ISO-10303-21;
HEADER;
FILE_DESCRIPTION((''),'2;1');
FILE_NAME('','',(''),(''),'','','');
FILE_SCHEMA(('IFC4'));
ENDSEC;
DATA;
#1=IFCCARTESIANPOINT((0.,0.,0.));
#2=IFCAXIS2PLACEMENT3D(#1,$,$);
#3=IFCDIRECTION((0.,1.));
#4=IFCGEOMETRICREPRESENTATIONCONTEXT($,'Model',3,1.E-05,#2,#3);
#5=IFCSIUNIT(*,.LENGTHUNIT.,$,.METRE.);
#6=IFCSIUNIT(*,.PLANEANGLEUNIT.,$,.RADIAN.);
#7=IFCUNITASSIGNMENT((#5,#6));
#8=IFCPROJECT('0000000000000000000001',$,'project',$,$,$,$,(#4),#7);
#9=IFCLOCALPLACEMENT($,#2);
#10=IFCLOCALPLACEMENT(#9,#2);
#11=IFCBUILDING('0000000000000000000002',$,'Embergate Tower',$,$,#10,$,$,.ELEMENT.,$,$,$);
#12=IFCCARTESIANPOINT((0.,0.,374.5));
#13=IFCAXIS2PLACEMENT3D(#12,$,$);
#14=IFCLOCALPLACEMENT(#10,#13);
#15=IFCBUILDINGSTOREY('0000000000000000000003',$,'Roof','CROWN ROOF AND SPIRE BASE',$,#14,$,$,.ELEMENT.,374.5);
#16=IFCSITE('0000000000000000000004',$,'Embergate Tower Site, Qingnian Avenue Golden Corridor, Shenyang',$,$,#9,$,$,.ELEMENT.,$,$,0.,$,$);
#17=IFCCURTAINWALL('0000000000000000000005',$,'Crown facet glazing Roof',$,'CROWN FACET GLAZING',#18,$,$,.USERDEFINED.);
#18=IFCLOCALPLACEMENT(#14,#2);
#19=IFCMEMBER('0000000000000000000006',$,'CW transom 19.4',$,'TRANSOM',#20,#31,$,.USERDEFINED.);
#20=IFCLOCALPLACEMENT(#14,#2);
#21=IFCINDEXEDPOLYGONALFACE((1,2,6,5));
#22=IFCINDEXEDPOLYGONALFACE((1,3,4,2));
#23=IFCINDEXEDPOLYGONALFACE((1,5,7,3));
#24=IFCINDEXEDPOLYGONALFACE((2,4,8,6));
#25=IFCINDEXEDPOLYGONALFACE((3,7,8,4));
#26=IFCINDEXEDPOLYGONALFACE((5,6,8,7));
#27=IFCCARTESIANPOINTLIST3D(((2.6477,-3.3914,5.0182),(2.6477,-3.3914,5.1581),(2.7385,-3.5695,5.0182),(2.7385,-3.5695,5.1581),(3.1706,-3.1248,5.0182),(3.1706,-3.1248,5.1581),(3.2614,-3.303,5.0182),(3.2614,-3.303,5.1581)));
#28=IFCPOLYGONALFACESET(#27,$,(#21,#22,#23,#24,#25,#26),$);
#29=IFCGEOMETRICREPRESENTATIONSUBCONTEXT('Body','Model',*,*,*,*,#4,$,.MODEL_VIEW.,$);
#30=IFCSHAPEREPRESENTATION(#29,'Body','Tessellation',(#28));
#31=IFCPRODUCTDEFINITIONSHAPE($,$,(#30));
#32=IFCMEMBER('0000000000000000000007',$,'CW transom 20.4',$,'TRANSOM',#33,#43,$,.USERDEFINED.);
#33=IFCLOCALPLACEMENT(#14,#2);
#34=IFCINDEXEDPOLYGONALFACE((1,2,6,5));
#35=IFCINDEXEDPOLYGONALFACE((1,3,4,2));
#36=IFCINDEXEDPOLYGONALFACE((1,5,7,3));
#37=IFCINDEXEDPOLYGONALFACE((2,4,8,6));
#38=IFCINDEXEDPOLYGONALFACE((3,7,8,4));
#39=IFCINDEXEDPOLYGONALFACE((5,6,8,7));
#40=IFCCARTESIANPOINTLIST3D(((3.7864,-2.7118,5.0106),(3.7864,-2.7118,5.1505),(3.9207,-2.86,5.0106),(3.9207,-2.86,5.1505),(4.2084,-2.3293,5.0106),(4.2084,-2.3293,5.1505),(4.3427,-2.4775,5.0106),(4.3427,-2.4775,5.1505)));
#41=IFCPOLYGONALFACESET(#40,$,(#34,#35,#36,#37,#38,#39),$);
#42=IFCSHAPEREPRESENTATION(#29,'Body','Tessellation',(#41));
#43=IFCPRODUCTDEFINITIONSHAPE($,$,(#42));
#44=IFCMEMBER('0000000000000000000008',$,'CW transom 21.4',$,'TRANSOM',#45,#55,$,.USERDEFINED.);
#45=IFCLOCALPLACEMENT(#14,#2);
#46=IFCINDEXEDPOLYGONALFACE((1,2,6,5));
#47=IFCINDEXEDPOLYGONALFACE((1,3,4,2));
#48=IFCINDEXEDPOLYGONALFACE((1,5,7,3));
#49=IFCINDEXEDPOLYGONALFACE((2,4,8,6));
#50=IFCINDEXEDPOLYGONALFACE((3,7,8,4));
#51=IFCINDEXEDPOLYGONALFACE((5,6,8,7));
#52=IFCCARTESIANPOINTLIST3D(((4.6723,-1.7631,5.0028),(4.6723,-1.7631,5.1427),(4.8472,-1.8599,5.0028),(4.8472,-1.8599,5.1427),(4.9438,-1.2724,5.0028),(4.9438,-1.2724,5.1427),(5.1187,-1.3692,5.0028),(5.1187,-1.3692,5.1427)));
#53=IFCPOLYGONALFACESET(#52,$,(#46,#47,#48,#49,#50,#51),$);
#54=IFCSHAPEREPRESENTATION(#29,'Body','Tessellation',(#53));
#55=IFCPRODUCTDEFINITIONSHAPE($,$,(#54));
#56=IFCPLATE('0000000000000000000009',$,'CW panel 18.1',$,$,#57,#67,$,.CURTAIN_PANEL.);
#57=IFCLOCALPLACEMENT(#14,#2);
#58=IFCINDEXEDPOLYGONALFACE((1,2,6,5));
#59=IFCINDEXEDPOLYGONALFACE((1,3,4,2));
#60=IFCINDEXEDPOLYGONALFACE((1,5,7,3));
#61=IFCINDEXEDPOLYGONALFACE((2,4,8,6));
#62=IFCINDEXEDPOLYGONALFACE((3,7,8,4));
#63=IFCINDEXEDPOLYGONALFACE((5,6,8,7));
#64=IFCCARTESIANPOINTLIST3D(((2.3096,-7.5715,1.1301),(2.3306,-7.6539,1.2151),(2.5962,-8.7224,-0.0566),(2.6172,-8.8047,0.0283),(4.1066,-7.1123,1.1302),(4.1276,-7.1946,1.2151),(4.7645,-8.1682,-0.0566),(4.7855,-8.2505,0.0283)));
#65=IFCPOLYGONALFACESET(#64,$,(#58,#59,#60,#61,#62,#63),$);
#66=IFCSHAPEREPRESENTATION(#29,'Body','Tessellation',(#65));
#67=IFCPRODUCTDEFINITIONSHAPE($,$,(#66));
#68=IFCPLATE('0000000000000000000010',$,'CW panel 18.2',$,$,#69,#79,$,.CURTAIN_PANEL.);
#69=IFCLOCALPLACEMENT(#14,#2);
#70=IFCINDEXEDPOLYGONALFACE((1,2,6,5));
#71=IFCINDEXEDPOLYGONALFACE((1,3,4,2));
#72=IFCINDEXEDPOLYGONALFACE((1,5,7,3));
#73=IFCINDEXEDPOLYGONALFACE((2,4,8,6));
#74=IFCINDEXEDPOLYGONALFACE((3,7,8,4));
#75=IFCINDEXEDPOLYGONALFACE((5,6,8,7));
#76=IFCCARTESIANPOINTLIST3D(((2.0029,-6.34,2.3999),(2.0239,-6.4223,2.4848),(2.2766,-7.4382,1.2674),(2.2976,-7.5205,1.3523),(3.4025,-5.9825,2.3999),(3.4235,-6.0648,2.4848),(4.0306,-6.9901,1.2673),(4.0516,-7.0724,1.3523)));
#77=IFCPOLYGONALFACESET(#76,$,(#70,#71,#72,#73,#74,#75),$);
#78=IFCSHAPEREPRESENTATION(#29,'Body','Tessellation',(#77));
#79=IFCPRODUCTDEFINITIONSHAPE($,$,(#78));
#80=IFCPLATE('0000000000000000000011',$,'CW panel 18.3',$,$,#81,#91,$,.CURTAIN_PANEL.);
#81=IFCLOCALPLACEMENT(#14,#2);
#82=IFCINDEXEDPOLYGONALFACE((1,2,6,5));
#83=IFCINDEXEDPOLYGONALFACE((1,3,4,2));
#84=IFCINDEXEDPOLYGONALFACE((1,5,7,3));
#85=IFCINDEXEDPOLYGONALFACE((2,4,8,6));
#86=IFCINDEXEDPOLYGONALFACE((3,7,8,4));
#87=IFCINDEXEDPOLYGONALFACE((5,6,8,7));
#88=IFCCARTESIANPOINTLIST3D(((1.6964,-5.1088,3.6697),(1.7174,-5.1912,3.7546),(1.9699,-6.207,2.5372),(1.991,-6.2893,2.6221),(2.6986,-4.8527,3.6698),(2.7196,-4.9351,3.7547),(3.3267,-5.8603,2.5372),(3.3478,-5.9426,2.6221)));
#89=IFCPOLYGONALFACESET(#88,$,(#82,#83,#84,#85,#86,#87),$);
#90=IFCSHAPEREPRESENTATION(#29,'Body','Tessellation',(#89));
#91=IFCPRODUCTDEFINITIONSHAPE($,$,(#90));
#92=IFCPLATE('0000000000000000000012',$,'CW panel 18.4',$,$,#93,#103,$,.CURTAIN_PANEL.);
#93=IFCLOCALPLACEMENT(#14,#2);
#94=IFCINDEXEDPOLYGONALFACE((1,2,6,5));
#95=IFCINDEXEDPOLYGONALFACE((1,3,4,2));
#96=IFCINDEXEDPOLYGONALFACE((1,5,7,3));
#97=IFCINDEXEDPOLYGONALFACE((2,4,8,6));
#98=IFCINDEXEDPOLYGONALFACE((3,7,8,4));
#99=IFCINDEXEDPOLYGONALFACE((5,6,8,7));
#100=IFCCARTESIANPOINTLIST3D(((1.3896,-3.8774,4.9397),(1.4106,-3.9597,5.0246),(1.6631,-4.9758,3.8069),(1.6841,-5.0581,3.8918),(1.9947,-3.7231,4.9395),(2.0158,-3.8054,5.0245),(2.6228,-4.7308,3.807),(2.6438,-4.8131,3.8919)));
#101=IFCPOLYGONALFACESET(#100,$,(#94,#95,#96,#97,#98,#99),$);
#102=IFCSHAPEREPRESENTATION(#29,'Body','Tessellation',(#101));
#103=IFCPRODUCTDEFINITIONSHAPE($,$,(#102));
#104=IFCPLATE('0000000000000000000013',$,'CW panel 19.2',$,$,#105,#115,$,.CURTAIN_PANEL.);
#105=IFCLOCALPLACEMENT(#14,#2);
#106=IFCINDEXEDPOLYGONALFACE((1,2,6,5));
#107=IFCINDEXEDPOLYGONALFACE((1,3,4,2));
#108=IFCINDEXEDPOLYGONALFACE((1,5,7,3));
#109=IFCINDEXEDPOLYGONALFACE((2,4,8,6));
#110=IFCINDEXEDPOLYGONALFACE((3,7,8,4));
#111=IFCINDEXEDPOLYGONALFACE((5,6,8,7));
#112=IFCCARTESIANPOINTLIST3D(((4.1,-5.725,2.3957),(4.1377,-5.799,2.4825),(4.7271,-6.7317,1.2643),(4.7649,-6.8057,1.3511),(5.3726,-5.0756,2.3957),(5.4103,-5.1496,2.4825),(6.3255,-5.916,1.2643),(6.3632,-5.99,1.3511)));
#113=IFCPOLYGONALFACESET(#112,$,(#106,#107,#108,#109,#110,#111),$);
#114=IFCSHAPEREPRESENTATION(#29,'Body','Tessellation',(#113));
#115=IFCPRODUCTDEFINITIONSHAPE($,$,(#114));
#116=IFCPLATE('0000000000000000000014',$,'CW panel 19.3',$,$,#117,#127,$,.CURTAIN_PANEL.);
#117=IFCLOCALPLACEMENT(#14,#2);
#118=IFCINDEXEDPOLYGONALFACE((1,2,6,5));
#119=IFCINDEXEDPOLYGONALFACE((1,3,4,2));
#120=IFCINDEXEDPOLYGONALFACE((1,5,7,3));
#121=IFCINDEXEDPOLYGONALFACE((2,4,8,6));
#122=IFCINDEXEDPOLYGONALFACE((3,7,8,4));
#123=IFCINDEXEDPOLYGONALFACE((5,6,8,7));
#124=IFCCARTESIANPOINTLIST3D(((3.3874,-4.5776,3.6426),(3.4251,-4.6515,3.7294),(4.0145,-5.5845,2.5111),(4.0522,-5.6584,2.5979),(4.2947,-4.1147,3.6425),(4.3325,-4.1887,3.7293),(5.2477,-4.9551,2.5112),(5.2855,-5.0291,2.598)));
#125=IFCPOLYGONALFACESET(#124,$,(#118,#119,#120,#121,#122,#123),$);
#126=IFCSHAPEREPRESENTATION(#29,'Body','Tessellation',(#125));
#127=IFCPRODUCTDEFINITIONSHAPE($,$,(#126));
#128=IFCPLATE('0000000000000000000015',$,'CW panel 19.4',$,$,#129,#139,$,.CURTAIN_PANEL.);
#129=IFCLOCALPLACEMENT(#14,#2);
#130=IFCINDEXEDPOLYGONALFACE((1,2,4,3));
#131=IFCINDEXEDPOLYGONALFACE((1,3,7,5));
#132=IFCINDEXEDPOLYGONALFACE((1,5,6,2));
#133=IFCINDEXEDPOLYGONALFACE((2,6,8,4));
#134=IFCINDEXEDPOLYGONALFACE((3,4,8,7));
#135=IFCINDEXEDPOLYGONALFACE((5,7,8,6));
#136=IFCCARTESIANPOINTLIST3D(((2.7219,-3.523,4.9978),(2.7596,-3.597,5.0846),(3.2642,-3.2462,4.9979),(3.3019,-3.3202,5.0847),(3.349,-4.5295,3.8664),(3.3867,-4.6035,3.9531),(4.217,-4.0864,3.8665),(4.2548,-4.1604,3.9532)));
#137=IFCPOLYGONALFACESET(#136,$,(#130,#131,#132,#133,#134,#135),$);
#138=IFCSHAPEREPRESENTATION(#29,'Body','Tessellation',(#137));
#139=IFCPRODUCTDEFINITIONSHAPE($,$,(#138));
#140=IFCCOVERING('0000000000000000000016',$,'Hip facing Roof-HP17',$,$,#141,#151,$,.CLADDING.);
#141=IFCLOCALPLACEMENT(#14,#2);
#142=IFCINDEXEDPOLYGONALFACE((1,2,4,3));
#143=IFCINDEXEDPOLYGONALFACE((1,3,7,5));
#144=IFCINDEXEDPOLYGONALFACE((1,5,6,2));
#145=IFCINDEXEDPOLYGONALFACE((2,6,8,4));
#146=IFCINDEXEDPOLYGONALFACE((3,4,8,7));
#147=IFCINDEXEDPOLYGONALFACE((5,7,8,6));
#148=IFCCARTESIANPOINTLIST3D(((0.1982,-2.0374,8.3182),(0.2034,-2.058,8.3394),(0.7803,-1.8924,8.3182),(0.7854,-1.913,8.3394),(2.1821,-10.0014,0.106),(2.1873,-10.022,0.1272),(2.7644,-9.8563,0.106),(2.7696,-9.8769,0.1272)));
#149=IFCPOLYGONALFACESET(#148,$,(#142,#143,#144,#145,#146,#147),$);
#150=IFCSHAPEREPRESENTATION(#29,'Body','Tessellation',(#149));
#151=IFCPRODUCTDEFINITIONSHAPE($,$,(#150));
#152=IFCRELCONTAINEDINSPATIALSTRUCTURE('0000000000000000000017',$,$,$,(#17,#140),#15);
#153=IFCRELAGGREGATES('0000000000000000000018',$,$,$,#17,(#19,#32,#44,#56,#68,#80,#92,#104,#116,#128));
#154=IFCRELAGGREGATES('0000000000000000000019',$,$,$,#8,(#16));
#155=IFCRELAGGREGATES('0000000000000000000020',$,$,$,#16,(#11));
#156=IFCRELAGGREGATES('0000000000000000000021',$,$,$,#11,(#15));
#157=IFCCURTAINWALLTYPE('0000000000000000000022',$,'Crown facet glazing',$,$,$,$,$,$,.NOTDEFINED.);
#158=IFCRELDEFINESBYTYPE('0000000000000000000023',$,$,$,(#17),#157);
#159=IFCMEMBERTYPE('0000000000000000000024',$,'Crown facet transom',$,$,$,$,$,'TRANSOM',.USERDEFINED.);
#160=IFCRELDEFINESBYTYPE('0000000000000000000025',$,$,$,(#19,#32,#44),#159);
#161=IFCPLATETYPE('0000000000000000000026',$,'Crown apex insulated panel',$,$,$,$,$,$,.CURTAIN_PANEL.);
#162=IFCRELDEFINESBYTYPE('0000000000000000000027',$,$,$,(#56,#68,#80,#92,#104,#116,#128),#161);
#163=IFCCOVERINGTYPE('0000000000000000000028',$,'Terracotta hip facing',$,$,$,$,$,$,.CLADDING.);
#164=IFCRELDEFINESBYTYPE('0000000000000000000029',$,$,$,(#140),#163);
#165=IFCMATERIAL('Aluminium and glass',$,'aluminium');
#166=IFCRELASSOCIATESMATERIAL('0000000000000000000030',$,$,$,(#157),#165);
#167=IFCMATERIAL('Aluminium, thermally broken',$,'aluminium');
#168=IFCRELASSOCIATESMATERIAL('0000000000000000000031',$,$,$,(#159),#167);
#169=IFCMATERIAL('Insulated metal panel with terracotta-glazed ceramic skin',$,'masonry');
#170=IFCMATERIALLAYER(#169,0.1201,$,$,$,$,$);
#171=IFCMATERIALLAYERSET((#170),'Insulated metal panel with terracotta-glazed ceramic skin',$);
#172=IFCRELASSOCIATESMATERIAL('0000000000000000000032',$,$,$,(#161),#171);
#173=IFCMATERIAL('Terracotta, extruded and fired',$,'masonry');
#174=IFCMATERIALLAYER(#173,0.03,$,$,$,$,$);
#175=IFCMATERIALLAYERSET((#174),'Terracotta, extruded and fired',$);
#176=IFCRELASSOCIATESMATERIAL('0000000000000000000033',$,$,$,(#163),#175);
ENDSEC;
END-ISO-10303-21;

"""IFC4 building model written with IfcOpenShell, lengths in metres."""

from ifc_helpers import new_model, si_unit, direction, frame, origin, origin_2d, place, context, subcontext, project, spatial, polyline, rectangle, outline, extrude, source, transform, mapped, material, layer, layer_set, material_profile, profile_set, type_object, element, aggregate, save


model = new_model("IFC4")

# Units and contexts
model_context = context("Model", 3, precision=1e-05, world=origin(), true_north=direction((0.0, 1.0)))
body_context = subcontext(model_context, "Body", "Model", "MODEL_VIEW")
ifc_project = project(units=[si_unit("LENGTHUNIT", "METRE"), si_unit("PLANEANGLEUNIT", "RADIAN")], contexts=[model_context])

# Site, building, storey
site_placement = place(None, origin())
site = spatial("IfcSite", under=ifc_project, at=site_placement, Name="Embergate Tower Site, Qingnian Avenue Golden Corridor, Shenyang", CompositionType="ELEMENT", RefElevation=0.0)
building_placement = place(site_placement, origin())
building = spatial("IfcBuilding", under=site, at=building_placement, Name="Embergate Tower", CompositionType="ELEMENT")
storey_placement = place(building_placement, frame((0.0, 0.0, 374.5)))
storey = spatial("IfcBuildingStorey", under=building, at=storey_placement, Name="Roof", Description="CROWN ROOF AND SPIRE BASE", CompositionType="ELEMENT", Elevation=374.5)

# Curtain wall, members, plates
ifc_material_1 = material(Name="Aluminium and glass", Category="aluminium")
curtain_wall_type = type_object("IfcCurtainWallType", Name="Crown facet glazing", PredefinedType="NOTDEFINED", material=ifc_material_1)
curtain_wall_placement = place(storey_placement, origin())
curtain_wall = element("IfcCurtainWall", 1, at=curtain_wall_placement, inside=storey, type_object=curtain_wall_type, Name="Crown facet glazing Roof", ObjectType="CROWN FACET GLAZING", PredefinedType="USERDEFINED")
ifc_material_2 = material(Name="Aluminium, thermally broken", Category="aluminium")
ifc_material_profile_1 = material_profile(ifc_material_2, rectangle(XDim=0.2, YDim=0.1399, at=origin_2d()), Name="AL 140x200")
ifc_profile_set_1 = profile_set([ifc_material_profile_1], Name="Aluminium, thermally broken")
member_type_1 = type_object("IfcMemberType", Name="Crown facet transom", ElementType="TRANSOM", PredefinedType="USERDEFINED", material=ifc_profile_set_1)
shared_shape_1 = source(origin(), body_context, "Body", "SweptSolid", [
    extrude(rectangle(XDim=0.2, YDim=0.1399, at=origin_2d()), origin(), (0.0, 0.0, 1.0), 0.5869),
])
member_1_placement = place(storey_placement, frame((2.6931, -3.4805, 5.0881), z_axis=(0.890906, 0.454187, 0.0), x_axis=(-0.454187, 0.890906, 0.0)))
member_1 = element("IfcMember", 2, at=member_1_placement, type_object=member_type_1, Name="CW transom 19.4", ObjectType="TRANSOM", PredefinedType="USERDEFINED", context=body_context, shape_type="MappedRepresentation", body=[
    mapped(shared_shape_1, transform((0.0, 0.0, 0.0))),
])
shared_shape_2 = source(origin(), body_context, "Body", "SweptSolid", [
    extrude(rectangle(XDim=0.2, YDim=0.1399, at=origin_2d()), origin(), (0.0, 0.0, 1.0), 0.5696),
])
member_2_placement = place(storey_placement, frame((3.8535, -2.7859, 5.0806), z_axis=(0.740967, 0.671541, 0.0), x_axis=(-0.671541, 0.740967, 0.0)))
member_2 = element("IfcMember", 3, at=member_2_placement, type_object=member_type_1, Name="CW transom 20.4", ObjectType="TRANSOM", PredefinedType="USERDEFINED", context=body_context, shape_type="MappedRepresentation", body=[
    mapped(shared_shape_2, transform((0.0, 0.0, 0.0))),
])
shared_shape_3 = source(origin(), body_context, "Body", "SweptSolid", [
    extrude(rectangle(XDim=0.2, YDim=0.1399, at=origin_2d()), origin(), (0.0, 0.0, 1.0), 0.5608),
])
member_3_placement = place(storey_placement, frame((4.7598, -1.8115, 5.0728), z_axis=(0.48409, 0.875018, 0.0), x_axis=(-0.875018, 0.48409, 0.0)))
member_3 = element("IfcMember", 4, at=member_3_placement, type_object=member_type_1, Name="CW transom 21.4", ObjectType="TRANSOM", PredefinedType="USERDEFINED", context=body_context, shape_type="MappedRepresentation", body=[
    mapped(shared_shape_3, transform((0.0, 0.0, 0.0))),
])
ifc_material_3 = material(Name="Insulated metal panel with terracotta-glazed ceramic skin", Category="masonry")
ifc_layer_1 = layer(ifc_material_3, 0.1201)
ifc_layer_set_1 = layer_set([ifc_layer_1], Name="Insulated metal panel with terracotta-glazed ceramic skin")
plate_type = type_object("IfcPlateType", Name="Crown apex insulated panel", PredefinedType="CURTAIN_PANEL", material=ifc_layer_set_1)
shared_shape_4 = source(origin(), body_context, "Body", "SweptSolid", [
    extrude(outline(polyline([(0.0, 0.0), (2.238, 0.0), (1.8621, 1.6777), (0.0073, 1.6777), (0.0, 0.0)])), origin(), (0.0, 0.0, -1.0), 0.1201),
])
plate_1_placement = place(storey_placement, frame((2.6172, -8.8047, 0.0283), z_axis=(0.175137, -0.685318, 0.706871), x_axis=(0.968861, 0.247607, 0.000008)))
plate_1 = element("IfcPlate", 5, at=plate_1_placement, type_object=plate_type, Name="CW panel 18.1", PredefinedType="CURTAIN_PANEL", context=body_context, shape_type="MappedRepresentation", body=[
    mapped(shared_shape_4, transform((0.0, 0.0, 0.0))),
])
shared_shape_5 = source(origin(), body_context, "Body", "SweptSolid", [
    extrude(outline(polyline([(0.0, 0.0), (1.8103, 0.0), (1.4512, 1.6011), (0.0066, 1.6011), (0.0, 0.0)])), origin(), (0.0, 0.0, -1.0), 0.1201),
])
plate_2_placement = place(storey_placement, frame((2.2976, -7.5205, 1.3523), z_axis=(0.175088, -0.685336, 0.706866), x_axis=(0.968887, 0.247505, -0.000023)))
plate_2 = element("IfcPlate", 6, at=plate_2_placement, type_object=plate_type, Name="CW panel 18.2", PredefinedType="CURTAIN_PANEL", context=body_context, shape_type="MappedRepresentation", body=[
    mapped(shared_shape_5, transform((0.0, 0.0, 0.0))),
])
shared_shape_6 = source(origin(), body_context, "Body", "SweptSolid", [
    extrude(outline(polyline([(0.0, 0.0), (1.4004, 0.0), (1.0413, 1.6011), (0.0068, 1.6011), (0.0, 0.0)])), origin(), (0.0, 0.0, -1.0), 0.1201),
])
plate_3_placement = place(storey_placement, frame((1.991, -6.2893, 2.6221), z_axis=(0.175118, -0.685364, 0.706831), x_axis=(0.968871, 0.247568, 0.000011)))
plate_3 = element("IfcPlate", 7, at=plate_3_placement, type_object=plate_type, Name="CW panel 18.3", PredefinedType="CURTAIN_PANEL", context=body_context, shape_type="MappedRepresentation", body=[
    mapped(shared_shape_6, transform((0.0, 0.0, 0.0))),
])
shared_shape_7 = source(origin(), body_context, "Body", "SweptSolid", [
    extrude(outline(polyline([(0.0, 0.0), (0.9905, 0.0), (0.6313, 1.6011), (0.0068, 1.6013), (0.0, 0.0)])), origin(), (0.0, 0.0, -1.0), 0.1201),
])
plate_4_placement = place(storey_placement, frame((1.6841, -5.0581, 3.8918), z_axis=(0.174932, -0.685398, 0.706844), x_axis=(0.968918, 0.24738, 0.000084)))
plate_4 = element("IfcPlate", 8, at=plate_4_placement, type_object=plate_type, Name="CW panel 18.4", PredefinedType="CURTAIN_PANEL", context=body_context, shape_type="MappedRepresentation", body=[
    mapped(shared_shape_7, transform((0.0, 0.0, 0.0))),
])
shared_shape_8 = source(origin(), body_context, "Body", "SweptSolid", [
    extrude(outline(polyline([(0.0, 0.0), (1.7944, 0.0), (1.3276, 1.636), (-0.1011, 1.636), (0.0, 0.0)])), origin(), (0.0, 0.0, -1.0), 0.1201),
])
plate_5_placement = place(storey_placement, frame((4.7649, -6.8057, 1.3511), z_axis=(0.314337, -0.615998, 0.722315), x_axis=(0.890727, 0.454538, 0.000008)))
plate_5 = element("IfcPlate", 9, at=plate_5_placement, type_object=plate_type, Name="CW panel 19.2", PredefinedType="CURTAIN_PANEL", context=body_context, shape_type="MappedRepresentation", body=[
    mapped(shared_shape_8, transform((0.0, 0.0, 0.0))),
])
shared_shape_9 = source(origin(), body_context, "Body", "SweptSolid", [
    extrude(outline(polyline([(0.0, 0.0), (1.3845, 0.0), (0.9177, 1.636), (-0.1008, 1.6362), (0.0, 0.0)])), origin(), (0.0, 0.0, -1.0), 0.1201),
])
plate_6_placement = place(storey_placement, frame((4.0522, -5.6584, 2.5979), z_axis=(0.314311, -0.615976, 0.722345), x_axis=(0.890716, 0.454561, 0.000051)))
plate_6 = element("IfcPlate", 10, at=plate_6_placement, type_object=plate_type, Name="CW panel 19.3", PredefinedType="CURTAIN_PANEL", context=body_context, shape_type="MappedRepresentation", body=[
    mapped(shared_shape_9, transform((0.0, 0.0, 0.0))),
])
shared_shape_10 = source(origin(), body_context, "Body", "SweptSolid", [
    extrude(outline(polyline([(0.0, 0.0), (0.9746, 0.0), (0.5081, 1.636), (-0.1008, 1.636), (0.0, 0.0)])), origin(), (0.0, 0.0, -1.0), 0.1201),
])
plate_7_placement = place(storey_placement, frame((3.3867, -4.6035, 3.9531), z_axis=(0.314354, -0.616054, 0.72226), x_axis=(0.890686, 0.454619, 0.000111)))
plate_7 = element("IfcPlate", 11, at=plate_7_placement, type_object=plate_type, Name="CW panel 19.4", PredefinedType="CURTAIN_PANEL", context=body_context, shape_type="MappedRepresentation", body=[
    mapped(shared_shape_10, transform((0.0, 0.0, 0.0))),
])
aggregate(curtain_wall, [member_1, member_2, member_3, plate_1, plate_2, plate_3, plate_4, plate_5, plate_6, plate_7])

# Covering
ifc_material_4 = material(Name="Terracotta, extruded and fired", Category="masonry")
ifc_layer_2 = layer(ifc_material_4, 0.03)
ifc_layer_set_2 = layer_set([ifc_layer_2], Name="Terracotta, extruded and fired")
covering_type = type_object("IfcCoveringType", Name="Terracotta hip facing", PredefinedType="CLADDING", material=ifc_layer_set_2)
shared_shape_11 = source(origin(), body_context, "Body", "SweptSolid", [
    extrude(outline(polyline([(0.0, 0.0), (11.6104, 0.0), (11.6104, -0.5999), (0.0, -0.6001), (0.0, 0.0)])), origin(), (0.0, 0.0, -1.0), 0.03),
])
covering_placement = place(storey_placement, frame((2.1873, -10.022, 0.1272), z_axis=(0.170974, -0.686342, 0.706897), x_axis=(-0.170874, 0.685934, 0.707317)))
element("IfcCovering", 12, at=covering_placement, inside=storey, type_object=covering_type, Name="Hip facing Roof-HP17", PredefinedType="CLADDING", context=body_context, shape_type="MappedRepresentation", body=[
    mapped(shared_shape_11, transform((0.0, 0.0, 0.0))),
])

save(model, "model.ifc")
